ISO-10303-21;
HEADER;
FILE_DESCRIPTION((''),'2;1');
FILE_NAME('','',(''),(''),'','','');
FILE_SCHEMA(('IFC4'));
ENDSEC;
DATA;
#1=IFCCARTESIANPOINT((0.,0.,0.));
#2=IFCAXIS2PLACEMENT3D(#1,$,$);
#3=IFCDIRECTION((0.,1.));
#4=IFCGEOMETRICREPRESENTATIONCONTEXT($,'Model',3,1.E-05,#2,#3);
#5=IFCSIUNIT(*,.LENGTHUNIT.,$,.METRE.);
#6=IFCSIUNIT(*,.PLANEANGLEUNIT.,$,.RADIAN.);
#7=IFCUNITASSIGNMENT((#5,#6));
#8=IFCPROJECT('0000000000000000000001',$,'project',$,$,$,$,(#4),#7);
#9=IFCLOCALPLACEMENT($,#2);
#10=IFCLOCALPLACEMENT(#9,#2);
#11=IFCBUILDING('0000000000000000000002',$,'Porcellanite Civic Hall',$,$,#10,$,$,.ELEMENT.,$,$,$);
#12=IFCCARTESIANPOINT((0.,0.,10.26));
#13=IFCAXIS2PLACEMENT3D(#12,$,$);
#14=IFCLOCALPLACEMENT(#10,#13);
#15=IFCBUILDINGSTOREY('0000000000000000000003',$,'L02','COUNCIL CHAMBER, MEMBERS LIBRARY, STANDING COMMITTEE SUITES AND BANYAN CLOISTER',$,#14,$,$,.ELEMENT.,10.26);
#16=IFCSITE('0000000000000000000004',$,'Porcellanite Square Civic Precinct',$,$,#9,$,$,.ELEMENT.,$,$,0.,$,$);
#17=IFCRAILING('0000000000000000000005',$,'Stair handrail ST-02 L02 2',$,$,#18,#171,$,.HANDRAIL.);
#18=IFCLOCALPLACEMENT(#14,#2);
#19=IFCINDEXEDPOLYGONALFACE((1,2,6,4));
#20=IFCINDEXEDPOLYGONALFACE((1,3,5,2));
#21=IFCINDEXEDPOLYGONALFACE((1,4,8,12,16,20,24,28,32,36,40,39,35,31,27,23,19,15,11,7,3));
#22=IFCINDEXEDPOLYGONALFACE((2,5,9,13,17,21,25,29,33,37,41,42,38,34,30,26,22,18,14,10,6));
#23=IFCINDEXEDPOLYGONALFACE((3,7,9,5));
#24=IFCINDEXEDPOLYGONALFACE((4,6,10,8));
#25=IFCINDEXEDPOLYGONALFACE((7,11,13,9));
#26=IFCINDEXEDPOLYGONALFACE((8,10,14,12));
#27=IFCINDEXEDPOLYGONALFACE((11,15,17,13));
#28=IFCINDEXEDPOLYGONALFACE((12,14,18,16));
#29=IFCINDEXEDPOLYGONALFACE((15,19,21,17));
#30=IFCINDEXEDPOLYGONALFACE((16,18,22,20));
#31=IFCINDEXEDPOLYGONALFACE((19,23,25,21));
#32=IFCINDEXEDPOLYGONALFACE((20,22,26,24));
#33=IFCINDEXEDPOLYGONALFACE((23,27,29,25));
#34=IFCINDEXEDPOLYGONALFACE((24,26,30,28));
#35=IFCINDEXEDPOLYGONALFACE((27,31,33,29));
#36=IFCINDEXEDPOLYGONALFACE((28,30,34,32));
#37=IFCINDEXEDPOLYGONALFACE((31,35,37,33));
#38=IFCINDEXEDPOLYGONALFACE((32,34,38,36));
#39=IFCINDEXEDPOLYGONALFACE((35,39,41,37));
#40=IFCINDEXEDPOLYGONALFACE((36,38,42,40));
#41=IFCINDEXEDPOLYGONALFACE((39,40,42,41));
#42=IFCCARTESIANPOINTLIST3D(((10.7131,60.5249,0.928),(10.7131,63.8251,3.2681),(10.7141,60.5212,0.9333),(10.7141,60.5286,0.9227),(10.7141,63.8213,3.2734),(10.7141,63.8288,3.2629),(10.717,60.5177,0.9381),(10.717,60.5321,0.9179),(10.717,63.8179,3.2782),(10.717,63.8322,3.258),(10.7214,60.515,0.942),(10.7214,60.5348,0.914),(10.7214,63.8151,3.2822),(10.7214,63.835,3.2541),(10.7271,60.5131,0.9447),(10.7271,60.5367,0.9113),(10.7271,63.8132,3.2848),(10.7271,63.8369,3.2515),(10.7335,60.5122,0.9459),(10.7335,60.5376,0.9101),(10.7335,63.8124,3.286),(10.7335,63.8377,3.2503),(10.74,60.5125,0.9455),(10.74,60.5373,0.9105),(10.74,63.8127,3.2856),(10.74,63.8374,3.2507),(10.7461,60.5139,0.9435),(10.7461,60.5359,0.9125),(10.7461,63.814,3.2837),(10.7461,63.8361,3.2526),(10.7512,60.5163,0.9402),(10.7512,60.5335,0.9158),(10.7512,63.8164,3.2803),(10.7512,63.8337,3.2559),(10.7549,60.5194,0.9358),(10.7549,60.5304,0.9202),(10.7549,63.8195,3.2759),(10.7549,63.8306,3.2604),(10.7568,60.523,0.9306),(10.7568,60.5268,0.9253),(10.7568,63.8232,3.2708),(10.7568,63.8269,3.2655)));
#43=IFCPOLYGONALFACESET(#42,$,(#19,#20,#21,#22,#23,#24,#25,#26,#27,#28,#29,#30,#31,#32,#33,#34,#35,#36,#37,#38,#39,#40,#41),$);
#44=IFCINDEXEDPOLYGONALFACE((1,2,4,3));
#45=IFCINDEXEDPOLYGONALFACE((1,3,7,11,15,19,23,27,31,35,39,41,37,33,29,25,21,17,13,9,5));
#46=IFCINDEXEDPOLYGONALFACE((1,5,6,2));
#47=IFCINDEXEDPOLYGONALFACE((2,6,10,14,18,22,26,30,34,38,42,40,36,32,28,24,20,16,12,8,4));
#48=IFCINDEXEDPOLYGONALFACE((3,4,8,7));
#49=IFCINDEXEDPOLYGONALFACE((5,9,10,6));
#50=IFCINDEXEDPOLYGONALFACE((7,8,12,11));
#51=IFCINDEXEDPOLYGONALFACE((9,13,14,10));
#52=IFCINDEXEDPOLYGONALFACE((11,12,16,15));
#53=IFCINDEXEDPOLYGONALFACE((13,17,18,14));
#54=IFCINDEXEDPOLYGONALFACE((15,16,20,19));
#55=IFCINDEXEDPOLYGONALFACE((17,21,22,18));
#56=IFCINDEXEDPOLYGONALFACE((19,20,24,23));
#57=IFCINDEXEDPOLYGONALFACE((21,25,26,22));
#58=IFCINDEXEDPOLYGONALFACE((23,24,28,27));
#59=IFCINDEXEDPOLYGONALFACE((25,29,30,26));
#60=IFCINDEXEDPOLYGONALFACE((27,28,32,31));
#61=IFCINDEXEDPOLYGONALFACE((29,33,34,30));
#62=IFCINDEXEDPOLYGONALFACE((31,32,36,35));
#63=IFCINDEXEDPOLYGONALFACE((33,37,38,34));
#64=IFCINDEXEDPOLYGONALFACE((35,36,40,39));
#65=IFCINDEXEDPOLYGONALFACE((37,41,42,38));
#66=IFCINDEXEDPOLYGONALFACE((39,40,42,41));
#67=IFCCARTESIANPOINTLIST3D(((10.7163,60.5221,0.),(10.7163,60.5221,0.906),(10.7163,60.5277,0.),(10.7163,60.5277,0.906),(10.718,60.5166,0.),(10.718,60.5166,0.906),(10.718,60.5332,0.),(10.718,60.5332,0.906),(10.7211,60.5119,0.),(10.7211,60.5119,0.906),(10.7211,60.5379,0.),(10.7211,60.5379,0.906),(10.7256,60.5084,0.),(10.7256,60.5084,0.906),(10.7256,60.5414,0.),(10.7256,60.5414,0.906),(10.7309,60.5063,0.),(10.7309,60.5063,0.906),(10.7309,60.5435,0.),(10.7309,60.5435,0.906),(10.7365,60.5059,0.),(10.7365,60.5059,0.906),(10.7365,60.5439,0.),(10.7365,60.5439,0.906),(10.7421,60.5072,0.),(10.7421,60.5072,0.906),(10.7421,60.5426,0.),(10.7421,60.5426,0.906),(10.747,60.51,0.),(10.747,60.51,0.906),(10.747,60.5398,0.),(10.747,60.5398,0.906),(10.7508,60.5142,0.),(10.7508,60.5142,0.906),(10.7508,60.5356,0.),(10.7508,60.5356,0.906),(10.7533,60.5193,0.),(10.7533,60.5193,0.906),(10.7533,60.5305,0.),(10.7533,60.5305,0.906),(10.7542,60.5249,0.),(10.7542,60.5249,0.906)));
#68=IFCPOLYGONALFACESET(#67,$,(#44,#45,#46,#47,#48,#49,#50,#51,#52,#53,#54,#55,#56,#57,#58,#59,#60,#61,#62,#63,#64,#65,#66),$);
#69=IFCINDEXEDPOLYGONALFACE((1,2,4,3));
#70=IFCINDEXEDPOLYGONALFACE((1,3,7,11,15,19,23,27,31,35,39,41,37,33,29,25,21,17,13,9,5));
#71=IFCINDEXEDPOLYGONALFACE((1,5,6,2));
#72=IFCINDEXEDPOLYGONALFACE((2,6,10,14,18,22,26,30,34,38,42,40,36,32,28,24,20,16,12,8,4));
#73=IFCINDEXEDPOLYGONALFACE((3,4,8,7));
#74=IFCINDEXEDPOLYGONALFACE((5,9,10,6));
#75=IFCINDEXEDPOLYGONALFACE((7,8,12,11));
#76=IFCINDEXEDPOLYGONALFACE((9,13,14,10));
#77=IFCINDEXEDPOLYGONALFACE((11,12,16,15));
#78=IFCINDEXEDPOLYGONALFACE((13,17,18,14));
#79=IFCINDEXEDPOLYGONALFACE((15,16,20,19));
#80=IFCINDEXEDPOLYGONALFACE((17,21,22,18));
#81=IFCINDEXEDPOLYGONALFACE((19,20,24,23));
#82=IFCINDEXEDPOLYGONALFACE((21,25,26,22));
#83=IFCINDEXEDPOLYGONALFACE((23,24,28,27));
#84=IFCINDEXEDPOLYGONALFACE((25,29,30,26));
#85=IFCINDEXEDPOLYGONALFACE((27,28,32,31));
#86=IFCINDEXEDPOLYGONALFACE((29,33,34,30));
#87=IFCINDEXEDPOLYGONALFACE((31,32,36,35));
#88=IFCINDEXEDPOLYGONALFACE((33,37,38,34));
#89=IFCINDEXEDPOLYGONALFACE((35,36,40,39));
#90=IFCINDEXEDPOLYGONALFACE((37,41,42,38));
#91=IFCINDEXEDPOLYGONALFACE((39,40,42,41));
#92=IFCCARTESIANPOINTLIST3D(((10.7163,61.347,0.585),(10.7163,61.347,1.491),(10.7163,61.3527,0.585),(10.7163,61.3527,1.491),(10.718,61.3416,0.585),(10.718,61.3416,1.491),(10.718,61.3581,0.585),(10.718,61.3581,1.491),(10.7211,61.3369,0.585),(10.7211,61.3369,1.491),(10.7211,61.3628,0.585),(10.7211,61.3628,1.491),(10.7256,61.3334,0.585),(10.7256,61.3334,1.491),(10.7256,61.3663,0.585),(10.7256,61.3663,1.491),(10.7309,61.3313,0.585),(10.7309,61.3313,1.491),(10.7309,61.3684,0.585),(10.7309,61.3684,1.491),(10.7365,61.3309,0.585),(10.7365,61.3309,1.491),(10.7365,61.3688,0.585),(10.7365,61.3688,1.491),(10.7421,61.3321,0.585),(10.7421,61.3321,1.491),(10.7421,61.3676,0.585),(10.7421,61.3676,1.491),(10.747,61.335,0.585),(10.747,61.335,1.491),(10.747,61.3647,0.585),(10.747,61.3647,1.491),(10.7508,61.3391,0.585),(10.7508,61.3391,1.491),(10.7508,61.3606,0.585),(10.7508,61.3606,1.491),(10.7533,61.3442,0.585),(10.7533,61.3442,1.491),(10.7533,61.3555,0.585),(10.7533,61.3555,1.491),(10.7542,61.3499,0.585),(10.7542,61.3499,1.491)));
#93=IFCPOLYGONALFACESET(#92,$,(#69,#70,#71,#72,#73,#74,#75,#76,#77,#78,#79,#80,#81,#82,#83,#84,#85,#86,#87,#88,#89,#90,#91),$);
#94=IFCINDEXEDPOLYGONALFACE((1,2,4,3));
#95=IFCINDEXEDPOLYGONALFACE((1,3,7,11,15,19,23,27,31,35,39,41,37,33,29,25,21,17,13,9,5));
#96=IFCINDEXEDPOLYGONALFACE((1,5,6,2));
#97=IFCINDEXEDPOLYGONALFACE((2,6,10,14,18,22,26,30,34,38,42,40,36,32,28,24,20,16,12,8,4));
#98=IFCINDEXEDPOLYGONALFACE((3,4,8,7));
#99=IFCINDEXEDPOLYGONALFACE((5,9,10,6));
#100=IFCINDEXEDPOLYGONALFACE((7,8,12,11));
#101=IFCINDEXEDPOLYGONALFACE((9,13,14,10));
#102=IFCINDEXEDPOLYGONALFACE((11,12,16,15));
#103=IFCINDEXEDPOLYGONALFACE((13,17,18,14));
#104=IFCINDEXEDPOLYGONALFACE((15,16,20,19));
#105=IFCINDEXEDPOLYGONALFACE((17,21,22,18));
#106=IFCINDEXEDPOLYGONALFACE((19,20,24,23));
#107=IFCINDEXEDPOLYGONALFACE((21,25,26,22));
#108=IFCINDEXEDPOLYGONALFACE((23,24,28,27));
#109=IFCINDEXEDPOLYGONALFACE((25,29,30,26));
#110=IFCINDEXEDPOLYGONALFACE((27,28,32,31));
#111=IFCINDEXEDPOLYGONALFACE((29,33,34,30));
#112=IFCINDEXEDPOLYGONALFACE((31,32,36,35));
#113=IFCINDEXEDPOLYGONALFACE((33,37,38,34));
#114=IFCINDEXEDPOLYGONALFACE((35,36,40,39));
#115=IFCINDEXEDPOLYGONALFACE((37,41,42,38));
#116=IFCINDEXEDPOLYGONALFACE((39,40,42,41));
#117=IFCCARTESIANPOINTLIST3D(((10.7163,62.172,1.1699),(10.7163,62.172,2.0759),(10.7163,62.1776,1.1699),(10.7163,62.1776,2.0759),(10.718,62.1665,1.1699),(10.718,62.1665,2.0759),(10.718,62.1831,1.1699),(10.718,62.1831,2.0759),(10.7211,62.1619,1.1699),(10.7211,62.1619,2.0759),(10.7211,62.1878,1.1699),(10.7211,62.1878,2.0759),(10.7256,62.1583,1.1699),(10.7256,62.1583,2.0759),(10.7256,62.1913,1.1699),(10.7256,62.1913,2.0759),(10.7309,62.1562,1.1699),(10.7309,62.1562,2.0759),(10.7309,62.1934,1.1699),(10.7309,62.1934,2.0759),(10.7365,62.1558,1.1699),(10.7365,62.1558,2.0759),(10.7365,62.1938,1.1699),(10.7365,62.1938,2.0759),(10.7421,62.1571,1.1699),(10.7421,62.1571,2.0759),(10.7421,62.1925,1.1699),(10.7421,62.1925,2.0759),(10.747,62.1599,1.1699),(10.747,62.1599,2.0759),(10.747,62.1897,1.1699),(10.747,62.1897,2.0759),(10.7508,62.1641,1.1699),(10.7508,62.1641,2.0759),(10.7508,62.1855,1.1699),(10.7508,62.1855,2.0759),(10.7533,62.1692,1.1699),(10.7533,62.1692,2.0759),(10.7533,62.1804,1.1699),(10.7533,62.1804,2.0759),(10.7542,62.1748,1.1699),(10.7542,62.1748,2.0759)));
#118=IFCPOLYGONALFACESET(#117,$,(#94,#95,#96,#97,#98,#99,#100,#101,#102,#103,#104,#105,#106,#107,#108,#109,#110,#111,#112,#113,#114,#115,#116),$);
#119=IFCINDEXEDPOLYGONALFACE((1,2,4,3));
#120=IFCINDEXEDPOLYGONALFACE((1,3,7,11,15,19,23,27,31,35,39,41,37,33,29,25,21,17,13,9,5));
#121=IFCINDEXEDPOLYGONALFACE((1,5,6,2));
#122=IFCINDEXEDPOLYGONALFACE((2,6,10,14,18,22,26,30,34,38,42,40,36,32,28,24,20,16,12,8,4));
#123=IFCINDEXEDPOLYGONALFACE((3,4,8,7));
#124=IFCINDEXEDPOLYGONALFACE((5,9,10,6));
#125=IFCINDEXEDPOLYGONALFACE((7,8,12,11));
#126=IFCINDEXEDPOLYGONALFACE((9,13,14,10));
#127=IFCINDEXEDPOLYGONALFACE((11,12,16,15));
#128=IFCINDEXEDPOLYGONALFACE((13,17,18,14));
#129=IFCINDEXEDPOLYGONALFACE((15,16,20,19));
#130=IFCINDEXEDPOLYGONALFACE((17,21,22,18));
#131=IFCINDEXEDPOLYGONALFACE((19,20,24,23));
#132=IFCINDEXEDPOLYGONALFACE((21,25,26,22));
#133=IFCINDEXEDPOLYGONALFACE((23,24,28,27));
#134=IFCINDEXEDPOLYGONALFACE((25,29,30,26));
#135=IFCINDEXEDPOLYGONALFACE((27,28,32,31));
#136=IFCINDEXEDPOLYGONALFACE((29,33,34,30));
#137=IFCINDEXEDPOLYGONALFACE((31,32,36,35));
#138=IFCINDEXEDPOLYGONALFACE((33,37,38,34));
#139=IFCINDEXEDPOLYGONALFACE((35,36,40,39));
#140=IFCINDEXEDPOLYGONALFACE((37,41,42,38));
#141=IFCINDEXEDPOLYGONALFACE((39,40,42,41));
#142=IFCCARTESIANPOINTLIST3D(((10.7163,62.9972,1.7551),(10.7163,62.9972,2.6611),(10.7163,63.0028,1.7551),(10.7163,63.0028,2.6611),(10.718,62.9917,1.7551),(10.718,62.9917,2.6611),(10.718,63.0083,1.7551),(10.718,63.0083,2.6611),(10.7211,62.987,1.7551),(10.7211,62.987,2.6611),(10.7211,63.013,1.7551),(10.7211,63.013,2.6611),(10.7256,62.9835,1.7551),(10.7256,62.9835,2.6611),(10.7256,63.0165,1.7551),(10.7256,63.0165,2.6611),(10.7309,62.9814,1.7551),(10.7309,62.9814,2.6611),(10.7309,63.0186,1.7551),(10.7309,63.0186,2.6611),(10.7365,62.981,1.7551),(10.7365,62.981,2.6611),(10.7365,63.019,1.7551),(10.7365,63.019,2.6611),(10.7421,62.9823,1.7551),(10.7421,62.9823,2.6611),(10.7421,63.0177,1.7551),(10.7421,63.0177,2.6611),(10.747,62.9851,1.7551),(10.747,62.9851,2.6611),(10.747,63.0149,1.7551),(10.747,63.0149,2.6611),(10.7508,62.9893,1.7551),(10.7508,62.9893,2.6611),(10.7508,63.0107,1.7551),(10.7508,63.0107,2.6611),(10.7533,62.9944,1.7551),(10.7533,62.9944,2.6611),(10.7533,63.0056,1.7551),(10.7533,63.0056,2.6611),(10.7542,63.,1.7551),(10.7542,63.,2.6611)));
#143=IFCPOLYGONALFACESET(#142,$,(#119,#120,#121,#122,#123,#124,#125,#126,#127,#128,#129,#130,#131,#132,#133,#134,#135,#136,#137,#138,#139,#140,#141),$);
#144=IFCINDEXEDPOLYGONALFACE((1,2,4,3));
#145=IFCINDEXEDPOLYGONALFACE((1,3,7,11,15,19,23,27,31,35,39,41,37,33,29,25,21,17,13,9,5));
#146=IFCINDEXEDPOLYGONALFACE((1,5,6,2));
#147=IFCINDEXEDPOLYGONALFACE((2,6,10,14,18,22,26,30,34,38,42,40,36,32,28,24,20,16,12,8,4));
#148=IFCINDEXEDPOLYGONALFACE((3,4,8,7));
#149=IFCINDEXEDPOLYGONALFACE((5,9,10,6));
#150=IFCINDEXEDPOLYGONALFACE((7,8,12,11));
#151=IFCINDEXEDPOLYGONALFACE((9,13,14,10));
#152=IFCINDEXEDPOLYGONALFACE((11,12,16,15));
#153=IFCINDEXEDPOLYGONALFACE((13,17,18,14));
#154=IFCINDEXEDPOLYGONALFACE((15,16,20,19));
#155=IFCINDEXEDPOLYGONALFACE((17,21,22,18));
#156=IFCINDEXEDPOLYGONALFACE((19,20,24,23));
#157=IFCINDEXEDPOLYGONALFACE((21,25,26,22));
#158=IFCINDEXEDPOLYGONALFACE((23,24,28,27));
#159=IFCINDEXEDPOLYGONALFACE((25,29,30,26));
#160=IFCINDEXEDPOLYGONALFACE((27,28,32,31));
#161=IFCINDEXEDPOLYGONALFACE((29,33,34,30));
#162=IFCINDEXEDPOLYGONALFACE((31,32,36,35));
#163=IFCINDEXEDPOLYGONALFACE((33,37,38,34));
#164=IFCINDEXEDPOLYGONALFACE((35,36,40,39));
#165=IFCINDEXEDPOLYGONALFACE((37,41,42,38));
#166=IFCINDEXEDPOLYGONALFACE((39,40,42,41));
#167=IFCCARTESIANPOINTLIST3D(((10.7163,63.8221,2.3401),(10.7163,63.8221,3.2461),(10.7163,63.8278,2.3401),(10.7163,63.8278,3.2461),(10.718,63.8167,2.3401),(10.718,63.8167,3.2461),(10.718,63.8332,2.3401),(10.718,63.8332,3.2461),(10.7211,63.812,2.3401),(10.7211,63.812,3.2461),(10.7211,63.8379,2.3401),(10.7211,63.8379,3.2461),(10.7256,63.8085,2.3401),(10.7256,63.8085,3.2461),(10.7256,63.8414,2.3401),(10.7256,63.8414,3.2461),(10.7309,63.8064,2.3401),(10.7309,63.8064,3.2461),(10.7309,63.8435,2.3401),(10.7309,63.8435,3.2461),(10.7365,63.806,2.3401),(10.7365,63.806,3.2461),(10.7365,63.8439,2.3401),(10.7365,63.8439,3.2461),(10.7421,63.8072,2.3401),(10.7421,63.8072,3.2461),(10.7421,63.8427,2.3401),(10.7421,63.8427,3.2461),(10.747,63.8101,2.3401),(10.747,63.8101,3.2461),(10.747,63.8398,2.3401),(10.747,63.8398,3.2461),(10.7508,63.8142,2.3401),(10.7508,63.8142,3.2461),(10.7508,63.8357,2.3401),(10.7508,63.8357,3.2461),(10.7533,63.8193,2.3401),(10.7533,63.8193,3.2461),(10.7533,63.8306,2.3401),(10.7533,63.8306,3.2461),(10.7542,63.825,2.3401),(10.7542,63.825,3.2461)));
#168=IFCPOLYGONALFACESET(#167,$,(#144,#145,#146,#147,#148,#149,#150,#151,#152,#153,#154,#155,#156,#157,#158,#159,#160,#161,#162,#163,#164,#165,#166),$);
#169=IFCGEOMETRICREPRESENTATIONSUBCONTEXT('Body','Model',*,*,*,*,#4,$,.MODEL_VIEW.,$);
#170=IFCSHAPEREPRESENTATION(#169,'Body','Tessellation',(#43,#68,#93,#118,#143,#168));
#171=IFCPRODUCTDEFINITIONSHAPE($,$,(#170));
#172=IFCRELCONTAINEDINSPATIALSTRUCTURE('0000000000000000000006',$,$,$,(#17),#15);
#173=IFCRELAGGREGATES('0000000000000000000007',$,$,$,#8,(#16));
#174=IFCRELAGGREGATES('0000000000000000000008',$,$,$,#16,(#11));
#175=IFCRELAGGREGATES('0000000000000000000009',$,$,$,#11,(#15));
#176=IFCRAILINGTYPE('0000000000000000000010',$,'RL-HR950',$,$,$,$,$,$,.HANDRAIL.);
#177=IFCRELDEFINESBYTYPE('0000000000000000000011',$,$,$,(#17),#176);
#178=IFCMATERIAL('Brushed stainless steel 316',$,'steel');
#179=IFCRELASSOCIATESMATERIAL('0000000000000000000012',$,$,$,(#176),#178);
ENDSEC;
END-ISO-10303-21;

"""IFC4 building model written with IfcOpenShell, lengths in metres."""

from ifc_helpers import new_model, si_unit, direction, frame, origin, origin_2d, place, context, subcontext, project, spatial, circle, extrude, material, type_object, element, save


model = new_model("IFC4")

# Units and contexts
model_context = context("Model", 3, precision=1e-05, world=origin(), true_north=direction((0.0, 1.0)))
body_context = subcontext(model_context, "Body", "Model", "MODEL_VIEW")
ifc_project = project(units=[si_unit("LENGTHUNIT", "METRE"), si_unit("PLANEANGLEUNIT", "RADIAN")], contexts=[model_context])

# Site, building, storey
site_placement = place(None, origin())
site = spatial("IfcSite", under=ifc_project, at=site_placement, Name="Porcellanite Square Civic Precinct", CompositionType="ELEMENT", RefElevation=0.0)
building_placement = place(site_placement, origin())
building = spatial("IfcBuilding", under=site, at=building_placement, Name="Porcellanite Civic Hall", CompositionType="ELEMENT")
storey_placement = place(building_placement, frame((0.0, 0.0, 10.26)))
storey = spatial("IfcBuildingStorey", under=building, at=storey_placement, Name="L02", Description="COUNCIL CHAMBER, MEMBERS LIBRARY, STANDING COMMITTEE SUITES AND BANYAN CLOISTER", CompositionType="ELEMENT", Elevation=10.26)

# Railing
ifc_material_1 = material(Name="Brushed stainless steel 316", Category="steel")
railing_type_1 = type_object("IfcRailingType", Name="RL-HR950", PredefinedType="HANDRAIL", material=ifc_material_1)
railing_1_placement = place(storey_placement, frame((10.7351, 60.5249, 0.0)))
element("IfcRailing", 1, at=railing_1_placement, inside=storey, type_object=railing_type_1, Name="Stair handrail ST-02 L02 2", PredefinedType="HANDRAIL", context=body_context, shape_type="SweptSolid", body=[
    extrude(circle(Radius=0.022, at=origin_2d()), frame((0.0, 0.0, 0.928), z_axis=(0.0, 0.815727, 0.578438), x_axis=(-1.0, 0.0, 0.0)), (0.0, 0.0, 1.0), 4.0457),
    extrude(circle(Radius=0.019, at=origin_2d()), origin(), (0.0, 0.0, 1.0), 0.906),
    extrude(circle(Radius=0.019, at=origin_2d()), frame((0.0, 0.825, 0.585)), (0.0, 0.0, 1.0), 0.906),
    extrude(circle(Radius=0.019, at=origin_2d()), frame((0.0, 1.6499, 1.1699)), (0.0, 0.0, 1.0), 0.906),
    extrude(circle(Radius=0.019, at=origin_2d()), frame((0.0, 2.4751, 1.7551)), (0.0, 0.0, 1.0), 0.906),
    extrude(circle(Radius=0.019, at=origin_2d()), frame((0.0, 3.3, 2.3401)), (0.0, 0.0, 1.0), 0.906),
])

save(model, "model.ifc")
